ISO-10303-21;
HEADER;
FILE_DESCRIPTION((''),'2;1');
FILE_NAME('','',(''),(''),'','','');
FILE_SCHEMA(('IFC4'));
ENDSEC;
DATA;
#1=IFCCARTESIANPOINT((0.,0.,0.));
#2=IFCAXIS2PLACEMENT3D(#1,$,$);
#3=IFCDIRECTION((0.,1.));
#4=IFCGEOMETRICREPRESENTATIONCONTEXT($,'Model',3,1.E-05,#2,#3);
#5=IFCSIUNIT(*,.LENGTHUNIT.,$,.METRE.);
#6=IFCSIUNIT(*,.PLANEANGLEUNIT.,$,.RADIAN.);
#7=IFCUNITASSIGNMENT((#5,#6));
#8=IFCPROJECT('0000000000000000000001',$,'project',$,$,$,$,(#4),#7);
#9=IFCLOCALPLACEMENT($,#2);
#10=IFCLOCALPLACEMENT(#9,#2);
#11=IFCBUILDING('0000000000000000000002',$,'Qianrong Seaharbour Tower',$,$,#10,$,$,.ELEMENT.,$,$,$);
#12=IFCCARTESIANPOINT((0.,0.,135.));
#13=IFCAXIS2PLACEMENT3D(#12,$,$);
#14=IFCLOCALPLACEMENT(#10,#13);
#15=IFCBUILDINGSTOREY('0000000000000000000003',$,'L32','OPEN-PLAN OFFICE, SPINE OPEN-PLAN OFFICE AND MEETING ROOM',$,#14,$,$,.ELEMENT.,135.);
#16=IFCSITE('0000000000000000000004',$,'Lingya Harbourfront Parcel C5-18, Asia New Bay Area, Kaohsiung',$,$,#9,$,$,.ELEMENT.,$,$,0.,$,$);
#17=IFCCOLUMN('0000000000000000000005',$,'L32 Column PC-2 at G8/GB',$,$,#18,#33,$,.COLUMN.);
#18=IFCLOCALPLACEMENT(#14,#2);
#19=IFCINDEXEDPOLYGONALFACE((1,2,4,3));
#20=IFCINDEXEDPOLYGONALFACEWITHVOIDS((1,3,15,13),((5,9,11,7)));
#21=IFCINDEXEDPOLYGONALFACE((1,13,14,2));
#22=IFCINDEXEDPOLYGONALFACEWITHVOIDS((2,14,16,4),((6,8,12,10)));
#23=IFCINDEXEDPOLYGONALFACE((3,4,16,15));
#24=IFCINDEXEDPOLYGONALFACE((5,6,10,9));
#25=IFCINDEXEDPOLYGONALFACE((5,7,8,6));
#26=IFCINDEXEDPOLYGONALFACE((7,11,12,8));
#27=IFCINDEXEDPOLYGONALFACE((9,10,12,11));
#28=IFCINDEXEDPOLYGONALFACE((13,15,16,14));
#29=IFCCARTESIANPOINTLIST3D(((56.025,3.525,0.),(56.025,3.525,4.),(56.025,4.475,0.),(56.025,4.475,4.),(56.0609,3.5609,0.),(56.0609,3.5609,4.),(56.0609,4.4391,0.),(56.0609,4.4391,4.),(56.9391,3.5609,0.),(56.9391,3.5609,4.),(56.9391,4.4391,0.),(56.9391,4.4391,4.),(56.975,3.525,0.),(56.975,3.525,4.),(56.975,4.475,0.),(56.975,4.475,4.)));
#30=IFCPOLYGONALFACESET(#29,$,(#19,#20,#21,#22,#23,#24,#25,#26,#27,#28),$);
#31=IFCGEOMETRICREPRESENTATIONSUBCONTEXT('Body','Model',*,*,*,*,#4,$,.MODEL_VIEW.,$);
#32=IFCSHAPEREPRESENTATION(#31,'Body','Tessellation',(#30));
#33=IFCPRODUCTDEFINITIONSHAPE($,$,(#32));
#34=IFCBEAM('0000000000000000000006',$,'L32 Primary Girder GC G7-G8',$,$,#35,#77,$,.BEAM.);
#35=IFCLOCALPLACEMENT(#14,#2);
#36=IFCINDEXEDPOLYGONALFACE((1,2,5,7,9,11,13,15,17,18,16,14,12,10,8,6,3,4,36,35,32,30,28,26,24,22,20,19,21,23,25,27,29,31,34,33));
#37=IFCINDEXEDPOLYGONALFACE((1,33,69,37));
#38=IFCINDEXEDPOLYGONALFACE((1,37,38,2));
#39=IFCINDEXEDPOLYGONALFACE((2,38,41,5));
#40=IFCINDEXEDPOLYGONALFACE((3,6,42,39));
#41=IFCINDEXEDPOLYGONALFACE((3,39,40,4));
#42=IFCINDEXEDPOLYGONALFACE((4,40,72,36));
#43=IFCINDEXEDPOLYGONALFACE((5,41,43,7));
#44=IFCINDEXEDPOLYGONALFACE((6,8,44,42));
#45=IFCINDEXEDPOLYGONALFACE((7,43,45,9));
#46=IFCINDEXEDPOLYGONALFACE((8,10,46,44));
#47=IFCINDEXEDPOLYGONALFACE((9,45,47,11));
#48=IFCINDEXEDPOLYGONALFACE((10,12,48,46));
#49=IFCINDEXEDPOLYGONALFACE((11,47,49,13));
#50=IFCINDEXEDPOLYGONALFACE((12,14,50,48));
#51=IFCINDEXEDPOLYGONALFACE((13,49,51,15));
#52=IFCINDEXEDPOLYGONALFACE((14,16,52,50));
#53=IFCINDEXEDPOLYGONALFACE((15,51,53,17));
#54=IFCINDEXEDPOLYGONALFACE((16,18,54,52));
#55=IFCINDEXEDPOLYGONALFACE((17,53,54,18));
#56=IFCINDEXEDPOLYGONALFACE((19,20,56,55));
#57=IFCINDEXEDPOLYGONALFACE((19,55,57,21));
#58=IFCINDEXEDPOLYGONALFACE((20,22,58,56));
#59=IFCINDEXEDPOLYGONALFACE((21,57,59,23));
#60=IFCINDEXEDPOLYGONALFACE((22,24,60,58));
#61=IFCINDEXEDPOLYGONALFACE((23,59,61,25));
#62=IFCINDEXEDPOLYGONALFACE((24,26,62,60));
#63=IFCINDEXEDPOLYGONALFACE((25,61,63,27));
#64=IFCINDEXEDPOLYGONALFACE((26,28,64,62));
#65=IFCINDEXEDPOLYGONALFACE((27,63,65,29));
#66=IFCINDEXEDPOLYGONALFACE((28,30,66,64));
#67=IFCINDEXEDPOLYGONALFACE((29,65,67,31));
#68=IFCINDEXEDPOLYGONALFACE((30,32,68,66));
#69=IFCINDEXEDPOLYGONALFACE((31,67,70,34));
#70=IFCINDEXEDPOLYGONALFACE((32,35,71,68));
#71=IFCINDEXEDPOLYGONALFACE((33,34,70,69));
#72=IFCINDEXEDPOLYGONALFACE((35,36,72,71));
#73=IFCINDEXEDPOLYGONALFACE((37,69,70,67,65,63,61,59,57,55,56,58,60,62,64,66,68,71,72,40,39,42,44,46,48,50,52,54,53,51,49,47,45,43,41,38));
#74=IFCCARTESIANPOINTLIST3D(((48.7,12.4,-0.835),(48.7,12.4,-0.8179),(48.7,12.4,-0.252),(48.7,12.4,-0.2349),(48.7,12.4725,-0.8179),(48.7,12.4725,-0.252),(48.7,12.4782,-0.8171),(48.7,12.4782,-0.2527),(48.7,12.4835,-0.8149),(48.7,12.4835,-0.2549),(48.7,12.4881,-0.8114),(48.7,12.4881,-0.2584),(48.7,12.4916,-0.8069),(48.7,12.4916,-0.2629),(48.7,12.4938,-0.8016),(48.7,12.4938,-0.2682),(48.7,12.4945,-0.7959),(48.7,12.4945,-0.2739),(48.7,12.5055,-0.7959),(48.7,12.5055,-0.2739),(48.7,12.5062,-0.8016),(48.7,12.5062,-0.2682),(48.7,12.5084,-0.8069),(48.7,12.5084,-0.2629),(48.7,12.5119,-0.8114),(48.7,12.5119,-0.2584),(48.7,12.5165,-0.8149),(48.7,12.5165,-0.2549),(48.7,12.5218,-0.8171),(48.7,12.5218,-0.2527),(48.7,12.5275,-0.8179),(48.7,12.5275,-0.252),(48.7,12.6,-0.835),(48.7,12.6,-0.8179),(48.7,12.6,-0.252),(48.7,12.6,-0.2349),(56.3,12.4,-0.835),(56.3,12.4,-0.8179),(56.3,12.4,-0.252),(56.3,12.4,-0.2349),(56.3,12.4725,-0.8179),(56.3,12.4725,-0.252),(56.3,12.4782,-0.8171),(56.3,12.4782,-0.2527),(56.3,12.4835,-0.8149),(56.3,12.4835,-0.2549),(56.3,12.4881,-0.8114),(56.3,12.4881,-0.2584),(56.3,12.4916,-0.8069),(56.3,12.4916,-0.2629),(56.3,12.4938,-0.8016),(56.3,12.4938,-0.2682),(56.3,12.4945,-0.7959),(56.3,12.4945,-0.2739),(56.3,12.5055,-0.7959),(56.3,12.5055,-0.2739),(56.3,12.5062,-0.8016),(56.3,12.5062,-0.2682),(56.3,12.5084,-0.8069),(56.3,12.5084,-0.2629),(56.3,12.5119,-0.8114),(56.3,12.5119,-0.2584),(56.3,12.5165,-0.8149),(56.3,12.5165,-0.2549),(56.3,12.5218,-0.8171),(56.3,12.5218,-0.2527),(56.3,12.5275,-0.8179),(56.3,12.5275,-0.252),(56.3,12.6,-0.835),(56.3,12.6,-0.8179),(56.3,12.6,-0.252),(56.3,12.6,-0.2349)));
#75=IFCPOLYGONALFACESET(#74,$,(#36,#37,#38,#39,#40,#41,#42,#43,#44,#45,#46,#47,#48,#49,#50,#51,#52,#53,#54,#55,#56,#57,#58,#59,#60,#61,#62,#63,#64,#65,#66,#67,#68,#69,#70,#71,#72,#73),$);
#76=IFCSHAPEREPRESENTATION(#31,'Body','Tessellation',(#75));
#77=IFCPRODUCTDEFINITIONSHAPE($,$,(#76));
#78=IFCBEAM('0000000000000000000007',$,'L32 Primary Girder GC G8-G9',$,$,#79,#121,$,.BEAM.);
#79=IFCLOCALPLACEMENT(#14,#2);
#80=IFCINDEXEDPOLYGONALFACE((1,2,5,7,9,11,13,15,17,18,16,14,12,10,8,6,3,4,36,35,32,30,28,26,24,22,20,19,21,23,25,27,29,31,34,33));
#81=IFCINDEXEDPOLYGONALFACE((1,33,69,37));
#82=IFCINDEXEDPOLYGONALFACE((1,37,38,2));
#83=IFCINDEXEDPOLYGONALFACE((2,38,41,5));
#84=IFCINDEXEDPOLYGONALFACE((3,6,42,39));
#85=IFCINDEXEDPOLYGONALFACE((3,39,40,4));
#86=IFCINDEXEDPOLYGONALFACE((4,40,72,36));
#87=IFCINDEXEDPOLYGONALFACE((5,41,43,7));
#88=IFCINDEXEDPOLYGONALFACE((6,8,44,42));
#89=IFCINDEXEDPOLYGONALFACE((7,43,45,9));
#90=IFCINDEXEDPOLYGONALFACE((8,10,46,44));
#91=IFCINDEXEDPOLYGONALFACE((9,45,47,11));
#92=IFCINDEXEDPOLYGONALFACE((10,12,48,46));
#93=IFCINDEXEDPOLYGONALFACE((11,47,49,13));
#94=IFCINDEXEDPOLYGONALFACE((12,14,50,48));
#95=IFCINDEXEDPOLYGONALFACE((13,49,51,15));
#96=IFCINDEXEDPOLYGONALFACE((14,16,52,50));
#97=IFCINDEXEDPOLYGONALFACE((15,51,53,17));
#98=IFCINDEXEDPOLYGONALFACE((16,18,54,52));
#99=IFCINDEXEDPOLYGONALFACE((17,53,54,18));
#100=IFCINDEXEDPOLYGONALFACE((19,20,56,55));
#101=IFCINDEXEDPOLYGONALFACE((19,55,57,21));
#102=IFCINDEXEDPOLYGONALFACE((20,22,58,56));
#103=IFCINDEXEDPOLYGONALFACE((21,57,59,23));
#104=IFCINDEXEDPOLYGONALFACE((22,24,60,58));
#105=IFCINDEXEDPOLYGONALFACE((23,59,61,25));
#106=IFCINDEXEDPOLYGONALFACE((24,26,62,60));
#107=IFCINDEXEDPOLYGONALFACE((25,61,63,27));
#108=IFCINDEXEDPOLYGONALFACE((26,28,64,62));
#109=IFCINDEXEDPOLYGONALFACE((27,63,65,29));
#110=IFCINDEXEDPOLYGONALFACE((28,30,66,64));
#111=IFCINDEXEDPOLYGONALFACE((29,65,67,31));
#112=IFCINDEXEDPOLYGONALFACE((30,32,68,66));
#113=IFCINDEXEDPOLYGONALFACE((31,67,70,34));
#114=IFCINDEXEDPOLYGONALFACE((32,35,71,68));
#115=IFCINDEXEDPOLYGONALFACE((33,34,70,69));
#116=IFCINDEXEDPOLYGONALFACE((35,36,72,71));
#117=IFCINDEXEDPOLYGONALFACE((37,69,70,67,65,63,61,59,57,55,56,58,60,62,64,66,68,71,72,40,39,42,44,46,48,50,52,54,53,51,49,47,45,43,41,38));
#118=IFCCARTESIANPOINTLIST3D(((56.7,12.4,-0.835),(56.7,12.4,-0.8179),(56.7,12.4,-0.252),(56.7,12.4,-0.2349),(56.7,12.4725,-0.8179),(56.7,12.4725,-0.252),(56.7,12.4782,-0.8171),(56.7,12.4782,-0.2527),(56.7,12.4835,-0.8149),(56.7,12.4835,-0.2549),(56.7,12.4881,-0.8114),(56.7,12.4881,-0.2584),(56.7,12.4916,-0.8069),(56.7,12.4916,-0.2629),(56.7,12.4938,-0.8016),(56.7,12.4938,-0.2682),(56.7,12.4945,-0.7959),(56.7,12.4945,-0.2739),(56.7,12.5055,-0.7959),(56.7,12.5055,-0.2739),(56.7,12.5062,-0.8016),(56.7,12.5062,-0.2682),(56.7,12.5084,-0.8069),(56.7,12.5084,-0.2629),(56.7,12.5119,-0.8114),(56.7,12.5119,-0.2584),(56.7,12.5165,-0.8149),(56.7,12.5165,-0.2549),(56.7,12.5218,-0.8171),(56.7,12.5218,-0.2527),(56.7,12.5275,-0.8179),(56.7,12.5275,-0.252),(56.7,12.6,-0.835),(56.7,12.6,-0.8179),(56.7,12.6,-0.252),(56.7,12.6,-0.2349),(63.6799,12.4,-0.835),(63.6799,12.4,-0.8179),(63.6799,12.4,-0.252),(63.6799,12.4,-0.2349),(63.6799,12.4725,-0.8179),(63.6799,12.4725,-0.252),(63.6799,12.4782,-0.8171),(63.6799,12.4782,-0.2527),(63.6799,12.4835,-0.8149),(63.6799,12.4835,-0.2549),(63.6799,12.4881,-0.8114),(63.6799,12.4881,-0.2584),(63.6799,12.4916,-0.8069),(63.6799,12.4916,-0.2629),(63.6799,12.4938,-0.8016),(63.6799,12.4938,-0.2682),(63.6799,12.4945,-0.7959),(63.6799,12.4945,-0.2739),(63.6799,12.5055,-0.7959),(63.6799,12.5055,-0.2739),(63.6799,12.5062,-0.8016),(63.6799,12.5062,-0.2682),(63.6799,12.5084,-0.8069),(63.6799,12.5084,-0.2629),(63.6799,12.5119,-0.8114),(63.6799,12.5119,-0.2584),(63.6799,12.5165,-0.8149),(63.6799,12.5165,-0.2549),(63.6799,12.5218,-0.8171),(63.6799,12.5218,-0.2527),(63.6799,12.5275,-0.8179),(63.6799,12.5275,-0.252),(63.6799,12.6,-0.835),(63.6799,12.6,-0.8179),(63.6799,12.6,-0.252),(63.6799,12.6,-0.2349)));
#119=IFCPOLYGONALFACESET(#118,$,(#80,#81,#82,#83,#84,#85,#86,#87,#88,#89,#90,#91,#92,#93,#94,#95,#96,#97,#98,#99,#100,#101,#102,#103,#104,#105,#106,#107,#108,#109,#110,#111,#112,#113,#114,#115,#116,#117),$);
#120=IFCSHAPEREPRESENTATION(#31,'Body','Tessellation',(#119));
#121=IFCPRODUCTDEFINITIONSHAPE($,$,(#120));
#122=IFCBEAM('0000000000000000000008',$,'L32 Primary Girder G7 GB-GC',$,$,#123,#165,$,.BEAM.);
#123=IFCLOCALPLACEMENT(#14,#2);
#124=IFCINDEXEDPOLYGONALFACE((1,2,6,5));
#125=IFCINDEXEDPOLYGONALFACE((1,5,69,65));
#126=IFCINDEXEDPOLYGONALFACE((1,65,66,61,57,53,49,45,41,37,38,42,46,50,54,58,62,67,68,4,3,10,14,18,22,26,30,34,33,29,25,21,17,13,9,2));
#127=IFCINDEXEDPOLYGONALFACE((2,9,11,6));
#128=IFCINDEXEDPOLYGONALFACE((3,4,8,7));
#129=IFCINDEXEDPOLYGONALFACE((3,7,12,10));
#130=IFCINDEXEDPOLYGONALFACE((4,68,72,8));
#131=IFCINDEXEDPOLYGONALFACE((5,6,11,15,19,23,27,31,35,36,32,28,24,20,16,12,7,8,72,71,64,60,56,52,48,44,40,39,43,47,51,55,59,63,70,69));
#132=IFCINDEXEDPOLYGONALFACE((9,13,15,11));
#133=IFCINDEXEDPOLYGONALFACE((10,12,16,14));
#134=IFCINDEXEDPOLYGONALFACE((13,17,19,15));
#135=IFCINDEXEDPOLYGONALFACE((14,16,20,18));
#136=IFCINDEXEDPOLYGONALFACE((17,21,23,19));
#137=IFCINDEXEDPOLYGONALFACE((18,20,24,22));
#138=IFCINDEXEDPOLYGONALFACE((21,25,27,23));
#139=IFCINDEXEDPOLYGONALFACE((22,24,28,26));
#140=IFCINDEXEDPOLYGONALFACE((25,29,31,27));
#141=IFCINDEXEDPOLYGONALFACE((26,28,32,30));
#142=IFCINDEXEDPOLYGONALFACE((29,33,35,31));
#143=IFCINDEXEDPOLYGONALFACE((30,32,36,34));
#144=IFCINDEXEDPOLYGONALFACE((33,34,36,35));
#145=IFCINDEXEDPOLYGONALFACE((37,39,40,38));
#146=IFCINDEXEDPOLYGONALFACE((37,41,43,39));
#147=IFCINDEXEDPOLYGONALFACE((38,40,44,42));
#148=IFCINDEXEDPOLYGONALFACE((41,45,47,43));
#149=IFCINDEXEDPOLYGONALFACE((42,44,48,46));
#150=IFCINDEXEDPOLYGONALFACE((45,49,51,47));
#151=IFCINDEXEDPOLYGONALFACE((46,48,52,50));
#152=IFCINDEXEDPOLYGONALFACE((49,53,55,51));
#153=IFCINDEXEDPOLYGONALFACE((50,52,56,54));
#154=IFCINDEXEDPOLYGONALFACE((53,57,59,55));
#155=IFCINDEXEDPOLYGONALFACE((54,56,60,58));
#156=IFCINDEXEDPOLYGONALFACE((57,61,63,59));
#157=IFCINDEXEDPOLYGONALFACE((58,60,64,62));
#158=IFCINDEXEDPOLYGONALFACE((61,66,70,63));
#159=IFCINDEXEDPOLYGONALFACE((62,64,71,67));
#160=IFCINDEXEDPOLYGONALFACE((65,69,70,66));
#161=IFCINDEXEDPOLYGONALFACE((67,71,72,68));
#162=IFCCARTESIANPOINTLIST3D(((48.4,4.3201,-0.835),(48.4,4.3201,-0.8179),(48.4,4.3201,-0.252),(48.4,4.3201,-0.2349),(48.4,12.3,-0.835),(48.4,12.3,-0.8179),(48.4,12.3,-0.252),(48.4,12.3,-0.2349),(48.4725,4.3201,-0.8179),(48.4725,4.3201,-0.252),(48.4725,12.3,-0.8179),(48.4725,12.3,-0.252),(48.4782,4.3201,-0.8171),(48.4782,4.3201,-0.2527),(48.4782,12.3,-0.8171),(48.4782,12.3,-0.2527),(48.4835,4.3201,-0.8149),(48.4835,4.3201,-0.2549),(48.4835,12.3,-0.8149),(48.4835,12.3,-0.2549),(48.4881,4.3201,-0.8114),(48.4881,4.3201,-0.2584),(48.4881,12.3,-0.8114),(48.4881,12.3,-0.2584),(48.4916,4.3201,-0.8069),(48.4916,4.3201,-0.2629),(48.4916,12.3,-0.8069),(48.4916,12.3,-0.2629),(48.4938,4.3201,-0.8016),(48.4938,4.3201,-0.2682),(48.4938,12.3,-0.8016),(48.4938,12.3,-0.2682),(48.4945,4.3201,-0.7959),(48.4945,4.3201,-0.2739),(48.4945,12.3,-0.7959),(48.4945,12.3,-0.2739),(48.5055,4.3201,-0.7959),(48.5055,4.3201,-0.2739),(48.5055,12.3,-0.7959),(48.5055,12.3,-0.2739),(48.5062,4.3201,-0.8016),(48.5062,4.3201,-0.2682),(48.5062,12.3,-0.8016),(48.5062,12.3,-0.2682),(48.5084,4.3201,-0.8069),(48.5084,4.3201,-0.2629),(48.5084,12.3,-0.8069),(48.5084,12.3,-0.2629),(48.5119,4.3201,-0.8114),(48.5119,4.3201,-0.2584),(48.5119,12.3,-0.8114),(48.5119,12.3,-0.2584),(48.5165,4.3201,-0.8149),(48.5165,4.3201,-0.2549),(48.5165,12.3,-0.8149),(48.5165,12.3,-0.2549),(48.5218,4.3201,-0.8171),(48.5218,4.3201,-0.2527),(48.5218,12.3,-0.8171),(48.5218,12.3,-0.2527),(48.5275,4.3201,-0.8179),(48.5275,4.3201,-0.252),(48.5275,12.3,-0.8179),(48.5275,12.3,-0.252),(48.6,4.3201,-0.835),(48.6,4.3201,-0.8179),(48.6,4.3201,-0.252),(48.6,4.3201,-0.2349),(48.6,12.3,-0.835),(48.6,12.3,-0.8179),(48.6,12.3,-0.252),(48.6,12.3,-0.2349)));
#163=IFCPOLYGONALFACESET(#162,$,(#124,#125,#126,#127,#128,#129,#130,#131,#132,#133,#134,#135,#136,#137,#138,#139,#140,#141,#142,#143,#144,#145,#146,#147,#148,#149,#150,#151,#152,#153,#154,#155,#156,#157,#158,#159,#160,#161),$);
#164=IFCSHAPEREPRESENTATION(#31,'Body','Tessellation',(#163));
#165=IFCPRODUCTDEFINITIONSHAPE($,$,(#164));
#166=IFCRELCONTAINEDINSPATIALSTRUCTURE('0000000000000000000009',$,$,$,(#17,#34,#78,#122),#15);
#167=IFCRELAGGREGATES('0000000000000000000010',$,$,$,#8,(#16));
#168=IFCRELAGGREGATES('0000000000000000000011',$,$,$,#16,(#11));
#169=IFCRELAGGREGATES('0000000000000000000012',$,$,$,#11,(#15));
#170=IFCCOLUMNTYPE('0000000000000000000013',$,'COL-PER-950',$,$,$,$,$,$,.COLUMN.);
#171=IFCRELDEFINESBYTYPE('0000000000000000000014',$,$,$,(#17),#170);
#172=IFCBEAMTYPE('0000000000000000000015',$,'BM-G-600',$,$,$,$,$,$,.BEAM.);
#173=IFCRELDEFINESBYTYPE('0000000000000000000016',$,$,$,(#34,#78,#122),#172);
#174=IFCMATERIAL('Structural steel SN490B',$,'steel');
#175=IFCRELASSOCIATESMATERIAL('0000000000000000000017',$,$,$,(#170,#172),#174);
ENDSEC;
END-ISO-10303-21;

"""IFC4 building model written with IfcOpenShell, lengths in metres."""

from ifc_helpers import new_model, si_unit, direction, frame, origin, origin_2d, place, context, subcontext, project, spatial, hollow_rectangle, i_section, extrude, material, material_profile, profile_set, type_object, element, save


model = new_model("IFC4")

# Units and contexts
model_context = context("Model", 3, precision=1e-05, world=origin(), true_north=direction((0.0, 1.0)))
body_context = subcontext(model_context, "Body", "Model", "MODEL_VIEW")
ifc_project = project(units=[si_unit("LENGTHUNIT", "METRE"), si_unit("PLANEANGLEUNIT", "RADIAN")], contexts=[model_context])

# Site, building, storey
site_placement = place(None, origin())
site = spatial("IfcSite", under=ifc_project, at=site_placement, Name="Lingya Harbourfront Parcel C5-18, Asia New Bay Area, Kaohsiung", CompositionType="ELEMENT", RefElevation=0.0)
building_placement = place(site_placement, origin())
building = spatial("IfcBuilding", under=site, at=building_placement, Name="Qianrong Seaharbour Tower", CompositionType="ELEMENT")
storey_placement = place(building_placement, frame((0.0, 0.0, 135.0)))
storey = spatial("IfcBuildingStorey", under=building, at=storey_placement, Name="L32", Description="OPEN-PLAN OFFICE, SPINE OPEN-PLAN OFFICE AND MEETING ROOM", CompositionType="ELEMENT", Elevation=135.0)

# Column
ifc_material_1 = material(Name="Structural steel SN490B", Category="steel")
ifc_material_profile_1 = material_profile(ifc_material_1, hollow_rectangle(XDim=0.95, YDim=0.95, WallThickness=0.0359, at=origin_2d()), Name="BOX950x950x36")
ifc_profile_set_1 = profile_set([ifc_material_profile_1], Name="Structural steel SN490B")
column_type_1 = type_object("IfcColumnType", Name="COL-PER-950", PredefinedType="COLUMN", material=ifc_profile_set_1)
for number, where, z_axis, x_axis, name in (
    (1, (56.5, 4.0, 0.0), (0.0, 0.0, 1.0), (1.0, 0.0, 0.0), "L32 Column PC-2 at G8/GB"),
):
    element("IfcColumn", number, at=place(storey_placement, frame(where, z_axis=z_axis, x_axis=x_axis)), inside=storey, type_object=column_type_1, Name=name, PredefinedType="COLUMN", context=body_context, shape_type="SweptSolid", body=[
        extrude(hollow_rectangle(XDim=0.95, YDim=0.95, WallThickness=0.0359, at=origin_2d()), origin(), (0.0, 0.0, 1.0), 4.0),
    ])

# Beams
ifc_material_profile_2 = material_profile(ifc_material_1, i_section(OverallWidth=0.2, OverallDepth=0.6001, WebThickness=0.011, FlangeThickness=0.0171, FilletRadius=0.022, at=origin_2d()), Name="H600x200x11x17")
ifc_profile_set_2 = profile_set([ifc_material_profile_2], Name="Structural steel SN490B")
beam_type_1 = type_object("IfcBeamType", Name="BM-G-600", PredefinedType="BEAM", material=ifc_profile_set_2)
beam_1_placement = place(storey_placement, frame((48.7, 12.5, -0.5349), z_axis=(1.0, 0.0, 0.0), x_axis=(0.0, 1.0, 0.0)))
element("IfcBeam", 2, at=beam_1_placement, inside=storey, type_object=beam_type_1, Name="L32 Primary Girder GC G7-G8", PredefinedType="BEAM", context=body_context, shape_type="SweptSolid", body=[
    extrude(i_section(OverallWidth=0.2, OverallDepth=0.6001, WebThickness=0.011, FlangeThickness=0.0171, FilletRadius=0.022, at=origin_2d()), origin(), (0.0, 0.0, 1.0), 7.6001),
])
beam_2_placement = place(storey_placement, frame((56.7, 12.5, -0.5349), z_axis=(1.0, 0.0, 0.0), x_axis=(0.0, 1.0, 0.0)))
element("IfcBeam", 3, at=beam_2_placement, inside=storey, type_object=beam_type_1, Name="L32 Primary Girder GC G8-G9", PredefinedType="BEAM", context=body_context, shape_type="SweptSolid", body=[
    extrude(i_section(OverallWidth=0.2, OverallDepth=0.6001, WebThickness=0.011, FlangeThickness=0.0171, FilletRadius=0.022, at=origin_2d()), origin(), (0.0, 0.0, 1.0), 6.98),
])
beam_3_placement = place(storey_placement, frame((48.5, 4.3201, -0.5349), z_axis=(0.0, 1.0, 0.0), x_axis=(-1.0, 0.0, 0.0)))
element("IfcBeam", 4, at=beam_3_placement, inside=storey, type_object=beam_type_1, Name="L32 Primary Girder G7 GB-GC", PredefinedType="BEAM", context=body_context, shape_type="SweptSolid", body=[
    extrude(i_section(OverallWidth=0.2, OverallDepth=0.6001, WebThickness=0.011, FlangeThickness=0.0171, FilletRadius=0.022, at=origin_2d()), origin(), (0.0, 0.0, 1.0), 7.98),
])

save(model, "model.ifc")
